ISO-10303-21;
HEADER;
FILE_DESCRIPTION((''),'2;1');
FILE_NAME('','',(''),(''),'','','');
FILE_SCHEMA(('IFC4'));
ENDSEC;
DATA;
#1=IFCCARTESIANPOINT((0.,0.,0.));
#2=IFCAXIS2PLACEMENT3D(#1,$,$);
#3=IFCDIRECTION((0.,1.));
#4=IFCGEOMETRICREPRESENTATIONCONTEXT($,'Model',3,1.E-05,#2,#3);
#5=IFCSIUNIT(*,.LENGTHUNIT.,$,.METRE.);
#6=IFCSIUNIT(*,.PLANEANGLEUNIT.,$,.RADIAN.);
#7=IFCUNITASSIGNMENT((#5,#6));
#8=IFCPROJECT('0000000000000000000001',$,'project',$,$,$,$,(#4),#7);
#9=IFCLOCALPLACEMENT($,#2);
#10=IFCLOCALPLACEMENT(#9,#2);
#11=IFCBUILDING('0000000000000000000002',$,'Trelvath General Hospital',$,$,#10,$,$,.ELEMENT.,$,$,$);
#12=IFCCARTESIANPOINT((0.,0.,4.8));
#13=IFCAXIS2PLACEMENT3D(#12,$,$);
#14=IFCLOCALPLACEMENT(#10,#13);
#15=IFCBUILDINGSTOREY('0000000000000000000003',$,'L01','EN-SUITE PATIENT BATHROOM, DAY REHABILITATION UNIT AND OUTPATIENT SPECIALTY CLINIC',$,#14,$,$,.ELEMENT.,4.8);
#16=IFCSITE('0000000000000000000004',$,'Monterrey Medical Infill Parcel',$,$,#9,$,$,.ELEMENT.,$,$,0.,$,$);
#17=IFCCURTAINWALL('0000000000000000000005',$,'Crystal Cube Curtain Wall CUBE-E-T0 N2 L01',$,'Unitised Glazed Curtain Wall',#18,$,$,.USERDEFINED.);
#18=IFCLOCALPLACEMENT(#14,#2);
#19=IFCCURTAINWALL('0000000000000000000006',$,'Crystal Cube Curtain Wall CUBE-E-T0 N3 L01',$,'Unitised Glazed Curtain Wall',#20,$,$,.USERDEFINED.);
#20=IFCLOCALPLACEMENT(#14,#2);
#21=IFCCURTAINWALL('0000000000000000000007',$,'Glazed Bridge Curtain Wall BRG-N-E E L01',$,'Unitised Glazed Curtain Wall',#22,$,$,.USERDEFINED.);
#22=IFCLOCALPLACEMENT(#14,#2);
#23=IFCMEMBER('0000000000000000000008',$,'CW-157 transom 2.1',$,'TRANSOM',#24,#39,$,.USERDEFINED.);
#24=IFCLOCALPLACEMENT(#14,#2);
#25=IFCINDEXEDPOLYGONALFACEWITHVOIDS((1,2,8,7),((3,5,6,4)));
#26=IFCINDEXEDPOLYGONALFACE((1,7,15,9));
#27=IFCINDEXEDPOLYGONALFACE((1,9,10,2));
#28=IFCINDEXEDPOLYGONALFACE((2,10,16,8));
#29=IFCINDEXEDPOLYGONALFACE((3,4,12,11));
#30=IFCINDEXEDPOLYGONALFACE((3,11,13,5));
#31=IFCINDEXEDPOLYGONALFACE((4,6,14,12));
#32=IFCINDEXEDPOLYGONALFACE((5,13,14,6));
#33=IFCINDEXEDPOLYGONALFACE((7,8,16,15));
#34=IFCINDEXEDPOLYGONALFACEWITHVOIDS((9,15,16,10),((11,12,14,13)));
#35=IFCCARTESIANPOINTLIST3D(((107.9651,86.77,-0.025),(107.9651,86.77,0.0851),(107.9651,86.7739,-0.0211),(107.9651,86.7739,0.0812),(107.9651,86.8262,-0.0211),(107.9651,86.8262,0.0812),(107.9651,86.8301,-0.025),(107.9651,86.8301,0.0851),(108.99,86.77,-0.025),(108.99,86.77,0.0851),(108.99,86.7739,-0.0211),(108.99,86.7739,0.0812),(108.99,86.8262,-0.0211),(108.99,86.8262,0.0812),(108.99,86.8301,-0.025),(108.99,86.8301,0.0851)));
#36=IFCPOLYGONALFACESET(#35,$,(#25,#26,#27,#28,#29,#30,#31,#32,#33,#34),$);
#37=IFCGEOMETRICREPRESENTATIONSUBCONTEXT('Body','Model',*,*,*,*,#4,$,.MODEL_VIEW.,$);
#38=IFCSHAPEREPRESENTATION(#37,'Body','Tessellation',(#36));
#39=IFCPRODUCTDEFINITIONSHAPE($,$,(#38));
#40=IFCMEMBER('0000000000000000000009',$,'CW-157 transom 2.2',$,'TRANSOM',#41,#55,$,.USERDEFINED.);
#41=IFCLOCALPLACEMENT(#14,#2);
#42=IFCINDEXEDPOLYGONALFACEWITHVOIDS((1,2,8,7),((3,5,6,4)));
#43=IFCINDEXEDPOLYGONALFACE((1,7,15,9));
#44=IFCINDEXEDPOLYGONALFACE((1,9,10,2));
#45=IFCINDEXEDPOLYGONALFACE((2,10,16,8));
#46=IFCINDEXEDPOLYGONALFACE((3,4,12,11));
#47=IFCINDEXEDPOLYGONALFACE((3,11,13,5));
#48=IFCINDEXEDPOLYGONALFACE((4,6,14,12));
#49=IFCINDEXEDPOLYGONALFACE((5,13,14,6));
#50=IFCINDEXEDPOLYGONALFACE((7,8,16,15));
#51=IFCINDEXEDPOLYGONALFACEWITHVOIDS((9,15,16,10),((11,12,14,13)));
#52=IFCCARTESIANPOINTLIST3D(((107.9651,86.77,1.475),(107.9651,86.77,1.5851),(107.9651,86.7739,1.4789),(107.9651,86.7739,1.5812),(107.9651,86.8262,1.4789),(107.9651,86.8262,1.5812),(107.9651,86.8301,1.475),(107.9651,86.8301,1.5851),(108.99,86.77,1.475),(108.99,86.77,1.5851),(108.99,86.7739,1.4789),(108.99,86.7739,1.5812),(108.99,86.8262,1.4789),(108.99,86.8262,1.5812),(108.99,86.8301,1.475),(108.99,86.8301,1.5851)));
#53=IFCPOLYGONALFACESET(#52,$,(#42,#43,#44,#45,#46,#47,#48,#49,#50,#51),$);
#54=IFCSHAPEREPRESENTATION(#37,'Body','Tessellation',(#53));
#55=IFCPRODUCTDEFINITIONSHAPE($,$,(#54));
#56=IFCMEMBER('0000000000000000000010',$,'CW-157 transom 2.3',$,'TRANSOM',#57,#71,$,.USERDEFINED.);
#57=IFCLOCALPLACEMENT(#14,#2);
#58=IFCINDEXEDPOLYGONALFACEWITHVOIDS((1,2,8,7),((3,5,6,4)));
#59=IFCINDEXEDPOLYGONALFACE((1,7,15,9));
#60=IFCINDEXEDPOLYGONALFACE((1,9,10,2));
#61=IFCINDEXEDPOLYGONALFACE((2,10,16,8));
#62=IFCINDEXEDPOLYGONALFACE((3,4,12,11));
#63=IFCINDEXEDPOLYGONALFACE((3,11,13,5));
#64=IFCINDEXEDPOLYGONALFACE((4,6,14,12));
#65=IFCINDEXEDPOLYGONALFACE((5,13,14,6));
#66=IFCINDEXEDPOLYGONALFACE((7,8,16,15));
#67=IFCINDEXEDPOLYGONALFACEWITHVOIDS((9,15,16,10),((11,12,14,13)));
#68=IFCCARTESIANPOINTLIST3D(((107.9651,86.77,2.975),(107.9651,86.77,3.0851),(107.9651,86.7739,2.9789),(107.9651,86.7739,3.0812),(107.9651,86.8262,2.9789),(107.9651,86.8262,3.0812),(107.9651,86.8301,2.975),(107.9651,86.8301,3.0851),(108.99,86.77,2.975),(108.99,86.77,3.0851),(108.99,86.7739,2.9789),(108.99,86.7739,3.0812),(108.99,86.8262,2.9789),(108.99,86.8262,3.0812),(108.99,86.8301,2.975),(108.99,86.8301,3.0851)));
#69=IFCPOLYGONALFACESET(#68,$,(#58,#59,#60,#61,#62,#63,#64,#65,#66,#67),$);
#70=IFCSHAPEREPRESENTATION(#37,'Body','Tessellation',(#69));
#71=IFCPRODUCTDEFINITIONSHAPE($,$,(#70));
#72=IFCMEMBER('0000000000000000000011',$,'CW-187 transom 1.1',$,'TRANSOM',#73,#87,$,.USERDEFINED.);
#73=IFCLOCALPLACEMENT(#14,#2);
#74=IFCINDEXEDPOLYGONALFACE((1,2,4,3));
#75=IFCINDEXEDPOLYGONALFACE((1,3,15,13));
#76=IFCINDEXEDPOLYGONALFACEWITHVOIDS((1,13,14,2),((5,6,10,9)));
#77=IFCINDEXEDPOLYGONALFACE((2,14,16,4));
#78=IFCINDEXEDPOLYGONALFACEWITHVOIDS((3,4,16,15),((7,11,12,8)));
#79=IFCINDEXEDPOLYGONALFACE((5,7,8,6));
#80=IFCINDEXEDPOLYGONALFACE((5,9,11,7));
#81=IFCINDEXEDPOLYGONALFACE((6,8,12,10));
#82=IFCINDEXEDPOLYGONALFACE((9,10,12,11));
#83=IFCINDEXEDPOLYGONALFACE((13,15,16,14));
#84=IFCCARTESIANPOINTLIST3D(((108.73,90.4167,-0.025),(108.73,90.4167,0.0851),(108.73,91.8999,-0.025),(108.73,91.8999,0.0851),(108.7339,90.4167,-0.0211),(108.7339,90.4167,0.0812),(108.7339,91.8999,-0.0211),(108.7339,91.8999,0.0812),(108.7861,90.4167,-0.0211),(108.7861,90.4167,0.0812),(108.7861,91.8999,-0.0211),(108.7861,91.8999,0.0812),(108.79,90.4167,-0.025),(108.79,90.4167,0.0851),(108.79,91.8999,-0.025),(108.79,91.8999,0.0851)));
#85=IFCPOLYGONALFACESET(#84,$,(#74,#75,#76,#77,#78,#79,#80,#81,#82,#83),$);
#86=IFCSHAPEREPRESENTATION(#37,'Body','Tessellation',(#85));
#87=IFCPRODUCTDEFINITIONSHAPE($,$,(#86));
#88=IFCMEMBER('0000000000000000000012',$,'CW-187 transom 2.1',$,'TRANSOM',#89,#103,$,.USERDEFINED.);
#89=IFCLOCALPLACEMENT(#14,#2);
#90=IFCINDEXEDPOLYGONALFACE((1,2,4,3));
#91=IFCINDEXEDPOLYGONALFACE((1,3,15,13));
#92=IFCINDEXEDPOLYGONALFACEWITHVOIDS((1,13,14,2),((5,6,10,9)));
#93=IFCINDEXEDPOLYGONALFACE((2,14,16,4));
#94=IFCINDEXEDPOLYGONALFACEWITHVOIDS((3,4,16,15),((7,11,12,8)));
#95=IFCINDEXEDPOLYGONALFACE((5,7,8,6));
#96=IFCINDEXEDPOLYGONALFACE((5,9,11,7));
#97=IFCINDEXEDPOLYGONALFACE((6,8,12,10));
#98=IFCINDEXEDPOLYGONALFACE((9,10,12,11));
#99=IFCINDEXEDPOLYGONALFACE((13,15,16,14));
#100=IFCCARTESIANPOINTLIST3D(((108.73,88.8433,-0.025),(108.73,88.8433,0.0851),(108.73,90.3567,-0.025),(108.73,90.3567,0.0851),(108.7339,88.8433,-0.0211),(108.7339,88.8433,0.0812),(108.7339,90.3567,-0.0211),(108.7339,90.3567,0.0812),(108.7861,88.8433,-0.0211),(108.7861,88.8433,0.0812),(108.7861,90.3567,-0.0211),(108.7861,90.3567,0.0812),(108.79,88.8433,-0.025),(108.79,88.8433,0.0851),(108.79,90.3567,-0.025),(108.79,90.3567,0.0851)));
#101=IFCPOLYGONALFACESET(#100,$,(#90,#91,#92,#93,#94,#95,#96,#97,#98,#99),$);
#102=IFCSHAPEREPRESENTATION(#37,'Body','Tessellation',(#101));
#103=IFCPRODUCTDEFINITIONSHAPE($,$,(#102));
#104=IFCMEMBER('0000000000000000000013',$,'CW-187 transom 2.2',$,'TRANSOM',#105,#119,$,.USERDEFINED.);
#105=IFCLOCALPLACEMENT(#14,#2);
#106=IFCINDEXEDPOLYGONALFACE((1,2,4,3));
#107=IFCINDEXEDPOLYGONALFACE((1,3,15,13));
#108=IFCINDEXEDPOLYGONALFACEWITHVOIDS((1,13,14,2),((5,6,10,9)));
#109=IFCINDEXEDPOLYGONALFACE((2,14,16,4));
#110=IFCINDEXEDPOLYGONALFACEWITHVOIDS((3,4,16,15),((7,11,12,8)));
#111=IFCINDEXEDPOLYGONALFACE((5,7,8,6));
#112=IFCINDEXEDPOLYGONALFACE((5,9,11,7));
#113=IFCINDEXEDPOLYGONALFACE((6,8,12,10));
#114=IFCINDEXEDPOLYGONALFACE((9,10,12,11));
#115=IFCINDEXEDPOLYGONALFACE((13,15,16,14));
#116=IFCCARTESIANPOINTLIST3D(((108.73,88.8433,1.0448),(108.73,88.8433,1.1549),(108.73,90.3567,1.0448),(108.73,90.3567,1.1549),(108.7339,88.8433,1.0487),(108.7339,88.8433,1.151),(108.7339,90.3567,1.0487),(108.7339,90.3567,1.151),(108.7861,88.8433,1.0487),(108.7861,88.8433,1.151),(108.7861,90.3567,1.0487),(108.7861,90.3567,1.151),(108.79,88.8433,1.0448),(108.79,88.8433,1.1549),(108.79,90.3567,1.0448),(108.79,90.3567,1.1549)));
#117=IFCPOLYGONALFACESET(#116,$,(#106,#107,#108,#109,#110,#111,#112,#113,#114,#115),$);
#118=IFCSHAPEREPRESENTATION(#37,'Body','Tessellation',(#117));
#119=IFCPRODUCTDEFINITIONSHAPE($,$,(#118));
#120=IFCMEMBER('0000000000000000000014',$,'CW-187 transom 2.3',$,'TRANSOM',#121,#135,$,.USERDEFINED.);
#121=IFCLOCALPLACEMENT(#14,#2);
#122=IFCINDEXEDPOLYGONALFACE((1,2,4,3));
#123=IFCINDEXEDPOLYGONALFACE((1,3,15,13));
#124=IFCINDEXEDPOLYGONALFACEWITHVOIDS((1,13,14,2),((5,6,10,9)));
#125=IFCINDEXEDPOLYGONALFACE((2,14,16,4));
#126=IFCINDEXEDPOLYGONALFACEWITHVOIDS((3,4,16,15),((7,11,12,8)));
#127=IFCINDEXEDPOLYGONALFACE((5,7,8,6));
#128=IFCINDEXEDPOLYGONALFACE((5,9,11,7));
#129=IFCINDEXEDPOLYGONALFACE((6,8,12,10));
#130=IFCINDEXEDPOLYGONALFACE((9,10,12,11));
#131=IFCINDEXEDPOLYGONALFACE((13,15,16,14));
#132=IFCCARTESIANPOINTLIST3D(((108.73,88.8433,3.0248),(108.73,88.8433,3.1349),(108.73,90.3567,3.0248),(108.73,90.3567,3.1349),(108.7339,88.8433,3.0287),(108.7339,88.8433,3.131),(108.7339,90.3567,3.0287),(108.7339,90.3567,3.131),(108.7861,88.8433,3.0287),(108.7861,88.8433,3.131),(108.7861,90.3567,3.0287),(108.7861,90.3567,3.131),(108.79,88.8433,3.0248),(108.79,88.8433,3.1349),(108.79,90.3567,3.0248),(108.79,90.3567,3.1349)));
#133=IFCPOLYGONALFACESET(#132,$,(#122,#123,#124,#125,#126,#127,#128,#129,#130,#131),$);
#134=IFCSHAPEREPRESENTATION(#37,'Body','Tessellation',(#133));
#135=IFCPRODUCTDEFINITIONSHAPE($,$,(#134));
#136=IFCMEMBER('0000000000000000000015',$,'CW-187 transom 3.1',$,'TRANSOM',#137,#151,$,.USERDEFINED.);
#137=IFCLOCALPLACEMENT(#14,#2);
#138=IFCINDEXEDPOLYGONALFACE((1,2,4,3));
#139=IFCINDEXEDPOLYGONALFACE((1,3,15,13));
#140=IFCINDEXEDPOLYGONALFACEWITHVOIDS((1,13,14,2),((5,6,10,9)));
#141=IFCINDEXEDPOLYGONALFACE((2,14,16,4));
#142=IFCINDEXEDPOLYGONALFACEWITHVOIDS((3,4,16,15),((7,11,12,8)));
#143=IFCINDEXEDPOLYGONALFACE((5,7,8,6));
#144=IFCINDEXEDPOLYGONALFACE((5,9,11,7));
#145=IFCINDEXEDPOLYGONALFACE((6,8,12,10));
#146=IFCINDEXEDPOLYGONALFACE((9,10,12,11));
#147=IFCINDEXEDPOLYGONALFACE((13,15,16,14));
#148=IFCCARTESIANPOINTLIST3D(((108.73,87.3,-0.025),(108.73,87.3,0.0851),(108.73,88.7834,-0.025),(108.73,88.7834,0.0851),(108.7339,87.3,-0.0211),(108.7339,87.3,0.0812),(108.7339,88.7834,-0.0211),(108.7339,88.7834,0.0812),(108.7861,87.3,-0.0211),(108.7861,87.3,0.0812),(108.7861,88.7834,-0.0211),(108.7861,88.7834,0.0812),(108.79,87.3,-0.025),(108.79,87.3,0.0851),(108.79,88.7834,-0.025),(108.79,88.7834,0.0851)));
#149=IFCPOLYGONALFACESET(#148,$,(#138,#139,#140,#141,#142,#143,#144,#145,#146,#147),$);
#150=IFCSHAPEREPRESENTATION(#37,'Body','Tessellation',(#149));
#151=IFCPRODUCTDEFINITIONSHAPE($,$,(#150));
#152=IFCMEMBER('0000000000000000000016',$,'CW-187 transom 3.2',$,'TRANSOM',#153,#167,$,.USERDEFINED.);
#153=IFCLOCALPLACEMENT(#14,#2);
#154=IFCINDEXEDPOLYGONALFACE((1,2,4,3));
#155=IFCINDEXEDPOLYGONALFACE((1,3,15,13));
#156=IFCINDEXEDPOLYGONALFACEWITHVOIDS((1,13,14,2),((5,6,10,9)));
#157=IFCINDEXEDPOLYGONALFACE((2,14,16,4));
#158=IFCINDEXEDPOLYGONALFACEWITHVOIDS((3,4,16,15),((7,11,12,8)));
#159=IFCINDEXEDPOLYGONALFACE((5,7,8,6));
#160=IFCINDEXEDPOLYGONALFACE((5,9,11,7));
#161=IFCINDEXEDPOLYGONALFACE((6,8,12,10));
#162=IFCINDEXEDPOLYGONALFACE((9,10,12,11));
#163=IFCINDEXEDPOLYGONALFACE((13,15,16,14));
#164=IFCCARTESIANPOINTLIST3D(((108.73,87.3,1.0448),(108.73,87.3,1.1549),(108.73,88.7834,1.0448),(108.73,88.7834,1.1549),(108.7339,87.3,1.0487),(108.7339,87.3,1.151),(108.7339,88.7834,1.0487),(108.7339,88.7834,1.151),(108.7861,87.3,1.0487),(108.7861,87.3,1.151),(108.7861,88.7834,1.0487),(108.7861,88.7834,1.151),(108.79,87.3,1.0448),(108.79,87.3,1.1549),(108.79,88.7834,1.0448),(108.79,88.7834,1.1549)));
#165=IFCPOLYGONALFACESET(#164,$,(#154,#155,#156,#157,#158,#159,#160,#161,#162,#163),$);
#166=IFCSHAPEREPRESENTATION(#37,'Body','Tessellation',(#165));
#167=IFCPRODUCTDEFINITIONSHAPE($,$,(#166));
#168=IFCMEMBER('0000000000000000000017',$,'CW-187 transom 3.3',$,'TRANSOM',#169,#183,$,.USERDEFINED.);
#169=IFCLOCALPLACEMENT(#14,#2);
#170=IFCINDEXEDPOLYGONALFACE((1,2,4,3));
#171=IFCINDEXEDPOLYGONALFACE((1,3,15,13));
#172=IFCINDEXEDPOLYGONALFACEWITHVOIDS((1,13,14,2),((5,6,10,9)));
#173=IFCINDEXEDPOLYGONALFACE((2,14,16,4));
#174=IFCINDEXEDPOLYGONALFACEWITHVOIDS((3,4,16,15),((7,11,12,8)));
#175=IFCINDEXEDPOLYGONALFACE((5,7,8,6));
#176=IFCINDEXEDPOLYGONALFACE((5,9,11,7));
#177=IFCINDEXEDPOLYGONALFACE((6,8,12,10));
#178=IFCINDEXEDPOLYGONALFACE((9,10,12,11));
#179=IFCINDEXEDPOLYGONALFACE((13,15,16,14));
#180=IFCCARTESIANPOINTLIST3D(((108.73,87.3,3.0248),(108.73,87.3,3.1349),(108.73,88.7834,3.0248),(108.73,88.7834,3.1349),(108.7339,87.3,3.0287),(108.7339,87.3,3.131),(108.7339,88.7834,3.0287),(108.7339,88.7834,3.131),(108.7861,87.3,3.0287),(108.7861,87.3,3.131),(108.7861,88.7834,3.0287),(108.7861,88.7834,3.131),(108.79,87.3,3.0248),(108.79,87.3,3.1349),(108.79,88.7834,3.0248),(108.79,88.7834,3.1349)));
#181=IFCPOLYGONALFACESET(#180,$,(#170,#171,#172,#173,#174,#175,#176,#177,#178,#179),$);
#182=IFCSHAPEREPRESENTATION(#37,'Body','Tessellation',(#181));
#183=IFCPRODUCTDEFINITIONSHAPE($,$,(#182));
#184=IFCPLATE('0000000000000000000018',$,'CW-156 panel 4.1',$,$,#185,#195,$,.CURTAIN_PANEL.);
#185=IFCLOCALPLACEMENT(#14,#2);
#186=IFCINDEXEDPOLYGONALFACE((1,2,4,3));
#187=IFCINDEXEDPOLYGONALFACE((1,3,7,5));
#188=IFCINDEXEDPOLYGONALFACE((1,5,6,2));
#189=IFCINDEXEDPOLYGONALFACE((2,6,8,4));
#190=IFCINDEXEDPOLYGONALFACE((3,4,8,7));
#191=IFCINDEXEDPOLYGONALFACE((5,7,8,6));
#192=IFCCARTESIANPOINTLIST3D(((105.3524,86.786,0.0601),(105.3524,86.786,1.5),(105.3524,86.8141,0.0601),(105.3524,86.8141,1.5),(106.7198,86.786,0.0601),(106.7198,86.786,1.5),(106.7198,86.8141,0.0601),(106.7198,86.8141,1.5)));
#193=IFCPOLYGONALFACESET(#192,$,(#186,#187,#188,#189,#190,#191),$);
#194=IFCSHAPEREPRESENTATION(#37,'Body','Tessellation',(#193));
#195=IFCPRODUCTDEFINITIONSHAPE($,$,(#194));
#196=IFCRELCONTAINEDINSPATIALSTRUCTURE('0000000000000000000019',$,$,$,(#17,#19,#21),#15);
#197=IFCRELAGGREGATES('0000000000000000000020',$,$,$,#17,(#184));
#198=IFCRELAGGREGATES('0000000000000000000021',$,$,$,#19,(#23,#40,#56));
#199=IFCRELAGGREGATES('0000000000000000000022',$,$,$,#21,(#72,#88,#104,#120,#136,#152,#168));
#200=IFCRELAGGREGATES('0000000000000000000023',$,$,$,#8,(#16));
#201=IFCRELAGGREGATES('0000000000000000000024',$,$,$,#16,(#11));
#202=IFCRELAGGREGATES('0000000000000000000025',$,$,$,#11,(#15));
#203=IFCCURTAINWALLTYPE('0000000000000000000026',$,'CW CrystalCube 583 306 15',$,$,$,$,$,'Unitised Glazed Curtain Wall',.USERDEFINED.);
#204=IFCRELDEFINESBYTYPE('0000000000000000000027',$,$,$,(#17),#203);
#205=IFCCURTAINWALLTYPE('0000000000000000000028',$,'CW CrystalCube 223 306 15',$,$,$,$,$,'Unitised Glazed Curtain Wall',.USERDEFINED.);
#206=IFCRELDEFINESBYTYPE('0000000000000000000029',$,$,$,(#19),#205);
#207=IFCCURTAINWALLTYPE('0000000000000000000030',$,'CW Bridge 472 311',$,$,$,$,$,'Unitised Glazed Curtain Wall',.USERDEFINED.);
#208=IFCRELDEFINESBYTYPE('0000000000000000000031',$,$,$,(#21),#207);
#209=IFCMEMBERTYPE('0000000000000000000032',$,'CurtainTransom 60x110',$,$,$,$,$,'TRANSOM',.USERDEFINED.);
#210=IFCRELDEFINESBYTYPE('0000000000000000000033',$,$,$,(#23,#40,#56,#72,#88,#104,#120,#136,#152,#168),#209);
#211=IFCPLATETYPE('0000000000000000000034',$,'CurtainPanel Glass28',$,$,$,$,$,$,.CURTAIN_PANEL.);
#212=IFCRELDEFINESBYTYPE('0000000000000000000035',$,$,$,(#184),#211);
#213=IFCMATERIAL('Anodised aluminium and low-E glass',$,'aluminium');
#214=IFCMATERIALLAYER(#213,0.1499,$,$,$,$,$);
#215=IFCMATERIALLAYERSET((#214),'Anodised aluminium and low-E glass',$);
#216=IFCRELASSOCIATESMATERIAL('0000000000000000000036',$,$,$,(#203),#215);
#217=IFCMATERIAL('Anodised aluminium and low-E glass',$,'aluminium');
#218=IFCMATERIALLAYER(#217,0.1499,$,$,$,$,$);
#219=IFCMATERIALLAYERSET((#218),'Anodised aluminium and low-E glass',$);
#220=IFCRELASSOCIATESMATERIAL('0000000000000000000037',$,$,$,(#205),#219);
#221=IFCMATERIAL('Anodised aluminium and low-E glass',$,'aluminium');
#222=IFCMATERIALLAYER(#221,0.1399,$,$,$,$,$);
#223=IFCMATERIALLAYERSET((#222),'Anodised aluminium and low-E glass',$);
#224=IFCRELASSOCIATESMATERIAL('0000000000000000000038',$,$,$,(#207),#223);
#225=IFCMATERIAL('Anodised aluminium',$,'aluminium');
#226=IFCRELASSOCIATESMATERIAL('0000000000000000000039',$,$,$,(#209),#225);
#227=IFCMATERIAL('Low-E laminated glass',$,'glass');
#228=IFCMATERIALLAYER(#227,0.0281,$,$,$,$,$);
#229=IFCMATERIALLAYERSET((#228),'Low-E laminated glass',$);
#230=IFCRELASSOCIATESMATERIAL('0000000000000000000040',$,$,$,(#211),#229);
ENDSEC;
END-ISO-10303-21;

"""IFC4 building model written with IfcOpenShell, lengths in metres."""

from ifc_helpers import new_model, si_unit, direction, frame, origin, origin_2d, place, context, subcontext, project, spatial, rectangle, hollow_rectangle, extrude, material, layer, layer_set, material_profile, profile_set, type_object, element, aggregate, save


model = new_model("IFC4")

# Units and contexts
model_context = context("Model", 3, precision=1e-05, world=origin(), true_north=direction((0.0, 1.0)))
body_context = subcontext(model_context, "Body", "Model", "MODEL_VIEW")
ifc_project = project(units=[si_unit("LENGTHUNIT", "METRE"), si_unit("PLANEANGLEUNIT", "RADIAN")], contexts=[model_context])

# Site, building, storey
site_placement = place(None, origin())
site = spatial("IfcSite", under=ifc_project, at=site_placement, Name="Monterrey Medical Infill Parcel", CompositionType="ELEMENT", RefElevation=0.0)
building_placement = place(site_placement, origin())
building = spatial("IfcBuilding", under=site, at=building_placement, Name="Trelvath General Hospital", CompositionType="ELEMENT")
storey_placement = place(building_placement, frame((0.0, 0.0, 4.8)))
storey = spatial("IfcBuildingStorey", under=building, at=storey_placement, Name="L01", Description="EN-SUITE PATIENT BATHROOM, DAY REHABILITATION UNIT AND OUTPATIENT SPECIALTY CLINIC", CompositionType="ELEMENT", Elevation=4.8)

# Curtain wall
ifc_material_1 = material(Name="Anodised aluminium and low-E glass", Category="aluminium")
ifc_layer_1 = layer(ifc_material_1, 0.1499)
ifc_layer_set_1 = layer_set([ifc_layer_1], Name="Anodised aluminium and low-E glass")
curtain_wall_type_1 = type_object("IfcCurtainWallType", Name="CW CrystalCube 583 306 15", ElementType="Unitised Glazed Curtain Wall", PredefinedType="USERDEFINED", material=ifc_layer_set_1)
curtain_wall_1_placement = place(storey_placement, origin())
curtain_wall_1 = element("IfcCurtainWall", 1, at=curtain_wall_1_placement, inside=storey, type_object=curtain_wall_type_1, Name="Crystal Cube Curtain Wall CUBE-E-T0 N2 L01", ObjectType="Unitised Glazed Curtain Wall", PredefinedType="USERDEFINED")

# Curtain walls
ifc_material_2 = material(Name="Anodised aluminium and low-E glass", Category="aluminium")
ifc_layer_2 = layer(ifc_material_2, 0.1499)
ifc_layer_set_2 = layer_set([ifc_layer_2], Name="Anodised aluminium and low-E glass")
curtain_wall_type_2 = type_object("IfcCurtainWallType", Name="CW CrystalCube 223 306 15", ElementType="Unitised Glazed Curtain Wall", PredefinedType="USERDEFINED", material=ifc_layer_set_2)
curtain_wall_2_placement = place(storey_placement, origin())
curtain_wall_2 = element("IfcCurtainWall", 2, at=curtain_wall_2_placement, inside=storey, type_object=curtain_wall_type_2, Name="Crystal Cube Curtain Wall CUBE-E-T0 N3 L01", ObjectType="Unitised Glazed Curtain Wall", PredefinedType="USERDEFINED")
ifc_material_3 = material(Name="Anodised aluminium and low-E glass", Category="aluminium")
ifc_layer_3 = layer(ifc_material_3, 0.1399)
ifc_layer_set_3 = layer_set([ifc_layer_3], Name="Anodised aluminium and low-E glass")
curtain_wall_type_3 = type_object("IfcCurtainWallType", Name="CW Bridge 472 311", ElementType="Unitised Glazed Curtain Wall", PredefinedType="USERDEFINED", material=ifc_layer_set_3)
curtain_wall_3_placement = place(storey_placement, origin())
curtain_wall_3 = element("IfcCurtainWall", 3, at=curtain_wall_3_placement, inside=storey, type_object=curtain_wall_type_3, Name="Glazed Bridge Curtain Wall BRG-N-E E L01", ObjectType="Unitised Glazed Curtain Wall", PredefinedType="USERDEFINED")

# Members
ifc_material_4 = material(Name="Anodised aluminium", Category="aluminium")
ifc_material_profile_1 = material_profile(ifc_material_4, hollow_rectangle(XDim=0.0601, YDim=0.1101, WallThickness=0.0039, at=origin_2d()), Name="RHS60x110x4")
ifc_profile_set_1 = profile_set([ifc_material_profile_1], Name="Anodised aluminium")
member_type_1 = type_object("IfcMemberType", Name="CurtainTransom 60x110", ElementType="TRANSOM", PredefinedType="USERDEFINED", material=ifc_profile_set_1)
member_1_placement = place(storey_placement, frame((107.9651, 86.8, 0.03), z_axis=(1.0, 0.0, 0.0), x_axis=(0.0, 1.0, 0.0)))
member_1 = element("IfcMember", 4, at=member_1_placement, type_object=member_type_1, Name="CW-157 transom 2.1", ObjectType="TRANSOM", PredefinedType="USERDEFINED", context=body_context, shape_type="SweptSolid", body=[
    extrude(hollow_rectangle(XDim=0.0601, YDim=0.1101, WallThickness=0.0039, at=origin_2d()), origin(), (0.0, 0.0, 1.0), 1.0249),
])
member_2_placement = place(storey_placement, frame((107.9651, 86.8, 1.53), z_axis=(1.0, 0.0, 0.0), x_axis=(0.0, 1.0, 0.0)))
member_2 = element("IfcMember", 5, at=member_2_placement, type_object=member_type_1, Name="CW-157 transom 2.2", ObjectType="TRANSOM", PredefinedType="USERDEFINED", context=body_context, shape_type="SweptSolid", body=[
    extrude(hollow_rectangle(XDim=0.0601, YDim=0.1101, WallThickness=0.0039, at=origin_2d()), origin(), (0.0, 0.0, 1.0), 1.0249),
])
member_3_placement = place(storey_placement, frame((107.9651, 86.8, 3.03), z_axis=(1.0, 0.0, 0.0), x_axis=(0.0, 1.0, 0.0)))
member_3 = element("IfcMember", 6, at=member_3_placement, type_object=member_type_1, Name="CW-157 transom 2.3", ObjectType="TRANSOM", PredefinedType="USERDEFINED", context=body_context, shape_type="SweptSolid", body=[
    extrude(hollow_rectangle(XDim=0.0601, YDim=0.1101, WallThickness=0.0039, at=origin_2d()), origin(), (0.0, 0.0, 1.0), 1.0249),
])
member_4_placement = place(storey_placement, frame((108.76, 91.8999, 0.03), z_axis=(0.0, -1.0, 0.0), x_axis=(1.0, 0.0, 0.0)))
member_4 = element("IfcMember", 7, at=member_4_placement, type_object=member_type_1, Name="CW-187 transom 1.1", ObjectType="TRANSOM", PredefinedType="USERDEFINED", context=body_context, shape_type="SweptSolid", body=[
    extrude(hollow_rectangle(XDim=0.0601, YDim=0.1101, WallThickness=0.0039, at=origin_2d()), origin(), (0.0, 0.0, 1.0), 1.4832),
])
member_5_placement = place(storey_placement, frame((108.76, 90.3567, 0.03), z_axis=(0.0, -1.0, 0.0), x_axis=(1.0, 0.0, 0.0)))
member_5 = element("IfcMember", 8, at=member_5_placement, type_object=member_type_1, Name="CW-187 transom 2.1", ObjectType="TRANSOM", PredefinedType="USERDEFINED", context=body_context, shape_type="SweptSolid", body=[
    extrude(hollow_rectangle(XDim=0.0601, YDim=0.1101, WallThickness=0.0039, at=origin_2d()), origin(), (0.0, 0.0, 1.0), 1.5134),
])
member_6_placement = place(storey_placement, frame((108.76, 90.3567, 1.0999), z_axis=(0.0, -1.0, 0.0), x_axis=(1.0, 0.0, 0.0)))
member_6 = element("IfcMember", 9, at=member_6_placement, type_object=member_type_1, Name="CW-187 transom 2.2", ObjectType="TRANSOM", PredefinedType="USERDEFINED", context=body_context, shape_type="SweptSolid", body=[
    extrude(hollow_rectangle(XDim=0.0601, YDim=0.1101, WallThickness=0.0039, at=origin_2d()), origin(), (0.0, 0.0, 1.0), 1.5134),
])
member_7_placement = place(storey_placement, frame((108.76, 90.3567, 3.0798), z_axis=(0.0, -1.0, 0.0), x_axis=(1.0, 0.0, 0.0)))
member_7 = element("IfcMember", 10, at=member_7_placement, type_object=member_type_1, Name="CW-187 transom 2.3", ObjectType="TRANSOM", PredefinedType="USERDEFINED", context=body_context, shape_type="SweptSolid", body=[
    extrude(hollow_rectangle(XDim=0.0601, YDim=0.1101, WallThickness=0.0039, at=origin_2d()), origin(), (0.0, 0.0, 1.0), 1.5134),
])
member_8_placement = place(storey_placement, frame((108.76, 88.7834, 0.03), z_axis=(0.0, -1.0, 0.0), x_axis=(1.0, 0.0, 0.0)))
member_8 = element("IfcMember", 11, at=member_8_placement, type_object=member_type_1, Name="CW-187 transom 3.1", ObjectType="TRANSOM", PredefinedType="USERDEFINED", context=body_context, shape_type="SweptSolid", body=[
    extrude(hollow_rectangle(XDim=0.0601, YDim=0.1101, WallThickness=0.0039, at=origin_2d()), origin(), (0.0, 0.0, 1.0), 1.4834),
])
member_9_placement = place(storey_placement, frame((108.76, 88.7834, 1.0999), z_axis=(0.0, -1.0, 0.0), x_axis=(1.0, 0.0, 0.0)))
member_9 = element("IfcMember", 12, at=member_9_placement, type_object=member_type_1, Name="CW-187 transom 3.2", ObjectType="TRANSOM", PredefinedType="USERDEFINED", context=body_context, shape_type="SweptSolid", body=[
    extrude(hollow_rectangle(XDim=0.0601, YDim=0.1101, WallThickness=0.0039, at=origin_2d()), origin(), (0.0, 0.0, 1.0), 1.4834),
])
member_10_placement = place(storey_placement, frame((108.76, 88.7834, 3.0798), z_axis=(0.0, -1.0, 0.0), x_axis=(1.0, 0.0, 0.0)))
member_10 = element("IfcMember", 13, at=member_10_placement, type_object=member_type_1, Name="CW-187 transom 3.3", ObjectType="TRANSOM", PredefinedType="USERDEFINED", context=body_context, shape_type="SweptSolid", body=[
    extrude(hollow_rectangle(XDim=0.0601, YDim=0.1101, WallThickness=0.0039, at=origin_2d()), origin(), (0.0, 0.0, 1.0), 1.4834),
])

# Plate
ifc_material_5 = material(Name="Low-E laminated glass", Category="glass")
ifc_layer_4 = layer(ifc_material_5, 0.0281)
ifc_layer_set_4 = layer_set([ifc_layer_4], Name="Low-E laminated glass")
plate_type = type_object("IfcPlateType", Name="CurtainPanel Glass28", PredefinedType="CURTAIN_PANEL", material=ifc_layer_set_4)
plate_1_placement = place(storey_placement, frame((106.0361, 86.8, 0.0601), z_axis=(0.0, 0.0, 1.0), x_axis=(1.0, 0.0, 0.0)))
plate_1 = element("IfcPlate", 14, at=plate_1_placement, type_object=plate_type, Name="CW-156 panel 4.1", PredefinedType="CURTAIN_PANEL", context=body_context, shape_type="SweptSolid", body=[
    extrude(rectangle(XDim=1.3674, YDim=0.0281, at=origin_2d()), origin(), (0.0, 0.0, 1.0), 1.4399),
])
aggregate(curtain_wall_1, [plate_1])
aggregate(curtain_wall_2, [member_1, member_2, member_3])
aggregate(curtain_wall_3, [member_4, member_5, member_6, member_7, member_8, member_9, member_10])

save(model, "model.ifc")
